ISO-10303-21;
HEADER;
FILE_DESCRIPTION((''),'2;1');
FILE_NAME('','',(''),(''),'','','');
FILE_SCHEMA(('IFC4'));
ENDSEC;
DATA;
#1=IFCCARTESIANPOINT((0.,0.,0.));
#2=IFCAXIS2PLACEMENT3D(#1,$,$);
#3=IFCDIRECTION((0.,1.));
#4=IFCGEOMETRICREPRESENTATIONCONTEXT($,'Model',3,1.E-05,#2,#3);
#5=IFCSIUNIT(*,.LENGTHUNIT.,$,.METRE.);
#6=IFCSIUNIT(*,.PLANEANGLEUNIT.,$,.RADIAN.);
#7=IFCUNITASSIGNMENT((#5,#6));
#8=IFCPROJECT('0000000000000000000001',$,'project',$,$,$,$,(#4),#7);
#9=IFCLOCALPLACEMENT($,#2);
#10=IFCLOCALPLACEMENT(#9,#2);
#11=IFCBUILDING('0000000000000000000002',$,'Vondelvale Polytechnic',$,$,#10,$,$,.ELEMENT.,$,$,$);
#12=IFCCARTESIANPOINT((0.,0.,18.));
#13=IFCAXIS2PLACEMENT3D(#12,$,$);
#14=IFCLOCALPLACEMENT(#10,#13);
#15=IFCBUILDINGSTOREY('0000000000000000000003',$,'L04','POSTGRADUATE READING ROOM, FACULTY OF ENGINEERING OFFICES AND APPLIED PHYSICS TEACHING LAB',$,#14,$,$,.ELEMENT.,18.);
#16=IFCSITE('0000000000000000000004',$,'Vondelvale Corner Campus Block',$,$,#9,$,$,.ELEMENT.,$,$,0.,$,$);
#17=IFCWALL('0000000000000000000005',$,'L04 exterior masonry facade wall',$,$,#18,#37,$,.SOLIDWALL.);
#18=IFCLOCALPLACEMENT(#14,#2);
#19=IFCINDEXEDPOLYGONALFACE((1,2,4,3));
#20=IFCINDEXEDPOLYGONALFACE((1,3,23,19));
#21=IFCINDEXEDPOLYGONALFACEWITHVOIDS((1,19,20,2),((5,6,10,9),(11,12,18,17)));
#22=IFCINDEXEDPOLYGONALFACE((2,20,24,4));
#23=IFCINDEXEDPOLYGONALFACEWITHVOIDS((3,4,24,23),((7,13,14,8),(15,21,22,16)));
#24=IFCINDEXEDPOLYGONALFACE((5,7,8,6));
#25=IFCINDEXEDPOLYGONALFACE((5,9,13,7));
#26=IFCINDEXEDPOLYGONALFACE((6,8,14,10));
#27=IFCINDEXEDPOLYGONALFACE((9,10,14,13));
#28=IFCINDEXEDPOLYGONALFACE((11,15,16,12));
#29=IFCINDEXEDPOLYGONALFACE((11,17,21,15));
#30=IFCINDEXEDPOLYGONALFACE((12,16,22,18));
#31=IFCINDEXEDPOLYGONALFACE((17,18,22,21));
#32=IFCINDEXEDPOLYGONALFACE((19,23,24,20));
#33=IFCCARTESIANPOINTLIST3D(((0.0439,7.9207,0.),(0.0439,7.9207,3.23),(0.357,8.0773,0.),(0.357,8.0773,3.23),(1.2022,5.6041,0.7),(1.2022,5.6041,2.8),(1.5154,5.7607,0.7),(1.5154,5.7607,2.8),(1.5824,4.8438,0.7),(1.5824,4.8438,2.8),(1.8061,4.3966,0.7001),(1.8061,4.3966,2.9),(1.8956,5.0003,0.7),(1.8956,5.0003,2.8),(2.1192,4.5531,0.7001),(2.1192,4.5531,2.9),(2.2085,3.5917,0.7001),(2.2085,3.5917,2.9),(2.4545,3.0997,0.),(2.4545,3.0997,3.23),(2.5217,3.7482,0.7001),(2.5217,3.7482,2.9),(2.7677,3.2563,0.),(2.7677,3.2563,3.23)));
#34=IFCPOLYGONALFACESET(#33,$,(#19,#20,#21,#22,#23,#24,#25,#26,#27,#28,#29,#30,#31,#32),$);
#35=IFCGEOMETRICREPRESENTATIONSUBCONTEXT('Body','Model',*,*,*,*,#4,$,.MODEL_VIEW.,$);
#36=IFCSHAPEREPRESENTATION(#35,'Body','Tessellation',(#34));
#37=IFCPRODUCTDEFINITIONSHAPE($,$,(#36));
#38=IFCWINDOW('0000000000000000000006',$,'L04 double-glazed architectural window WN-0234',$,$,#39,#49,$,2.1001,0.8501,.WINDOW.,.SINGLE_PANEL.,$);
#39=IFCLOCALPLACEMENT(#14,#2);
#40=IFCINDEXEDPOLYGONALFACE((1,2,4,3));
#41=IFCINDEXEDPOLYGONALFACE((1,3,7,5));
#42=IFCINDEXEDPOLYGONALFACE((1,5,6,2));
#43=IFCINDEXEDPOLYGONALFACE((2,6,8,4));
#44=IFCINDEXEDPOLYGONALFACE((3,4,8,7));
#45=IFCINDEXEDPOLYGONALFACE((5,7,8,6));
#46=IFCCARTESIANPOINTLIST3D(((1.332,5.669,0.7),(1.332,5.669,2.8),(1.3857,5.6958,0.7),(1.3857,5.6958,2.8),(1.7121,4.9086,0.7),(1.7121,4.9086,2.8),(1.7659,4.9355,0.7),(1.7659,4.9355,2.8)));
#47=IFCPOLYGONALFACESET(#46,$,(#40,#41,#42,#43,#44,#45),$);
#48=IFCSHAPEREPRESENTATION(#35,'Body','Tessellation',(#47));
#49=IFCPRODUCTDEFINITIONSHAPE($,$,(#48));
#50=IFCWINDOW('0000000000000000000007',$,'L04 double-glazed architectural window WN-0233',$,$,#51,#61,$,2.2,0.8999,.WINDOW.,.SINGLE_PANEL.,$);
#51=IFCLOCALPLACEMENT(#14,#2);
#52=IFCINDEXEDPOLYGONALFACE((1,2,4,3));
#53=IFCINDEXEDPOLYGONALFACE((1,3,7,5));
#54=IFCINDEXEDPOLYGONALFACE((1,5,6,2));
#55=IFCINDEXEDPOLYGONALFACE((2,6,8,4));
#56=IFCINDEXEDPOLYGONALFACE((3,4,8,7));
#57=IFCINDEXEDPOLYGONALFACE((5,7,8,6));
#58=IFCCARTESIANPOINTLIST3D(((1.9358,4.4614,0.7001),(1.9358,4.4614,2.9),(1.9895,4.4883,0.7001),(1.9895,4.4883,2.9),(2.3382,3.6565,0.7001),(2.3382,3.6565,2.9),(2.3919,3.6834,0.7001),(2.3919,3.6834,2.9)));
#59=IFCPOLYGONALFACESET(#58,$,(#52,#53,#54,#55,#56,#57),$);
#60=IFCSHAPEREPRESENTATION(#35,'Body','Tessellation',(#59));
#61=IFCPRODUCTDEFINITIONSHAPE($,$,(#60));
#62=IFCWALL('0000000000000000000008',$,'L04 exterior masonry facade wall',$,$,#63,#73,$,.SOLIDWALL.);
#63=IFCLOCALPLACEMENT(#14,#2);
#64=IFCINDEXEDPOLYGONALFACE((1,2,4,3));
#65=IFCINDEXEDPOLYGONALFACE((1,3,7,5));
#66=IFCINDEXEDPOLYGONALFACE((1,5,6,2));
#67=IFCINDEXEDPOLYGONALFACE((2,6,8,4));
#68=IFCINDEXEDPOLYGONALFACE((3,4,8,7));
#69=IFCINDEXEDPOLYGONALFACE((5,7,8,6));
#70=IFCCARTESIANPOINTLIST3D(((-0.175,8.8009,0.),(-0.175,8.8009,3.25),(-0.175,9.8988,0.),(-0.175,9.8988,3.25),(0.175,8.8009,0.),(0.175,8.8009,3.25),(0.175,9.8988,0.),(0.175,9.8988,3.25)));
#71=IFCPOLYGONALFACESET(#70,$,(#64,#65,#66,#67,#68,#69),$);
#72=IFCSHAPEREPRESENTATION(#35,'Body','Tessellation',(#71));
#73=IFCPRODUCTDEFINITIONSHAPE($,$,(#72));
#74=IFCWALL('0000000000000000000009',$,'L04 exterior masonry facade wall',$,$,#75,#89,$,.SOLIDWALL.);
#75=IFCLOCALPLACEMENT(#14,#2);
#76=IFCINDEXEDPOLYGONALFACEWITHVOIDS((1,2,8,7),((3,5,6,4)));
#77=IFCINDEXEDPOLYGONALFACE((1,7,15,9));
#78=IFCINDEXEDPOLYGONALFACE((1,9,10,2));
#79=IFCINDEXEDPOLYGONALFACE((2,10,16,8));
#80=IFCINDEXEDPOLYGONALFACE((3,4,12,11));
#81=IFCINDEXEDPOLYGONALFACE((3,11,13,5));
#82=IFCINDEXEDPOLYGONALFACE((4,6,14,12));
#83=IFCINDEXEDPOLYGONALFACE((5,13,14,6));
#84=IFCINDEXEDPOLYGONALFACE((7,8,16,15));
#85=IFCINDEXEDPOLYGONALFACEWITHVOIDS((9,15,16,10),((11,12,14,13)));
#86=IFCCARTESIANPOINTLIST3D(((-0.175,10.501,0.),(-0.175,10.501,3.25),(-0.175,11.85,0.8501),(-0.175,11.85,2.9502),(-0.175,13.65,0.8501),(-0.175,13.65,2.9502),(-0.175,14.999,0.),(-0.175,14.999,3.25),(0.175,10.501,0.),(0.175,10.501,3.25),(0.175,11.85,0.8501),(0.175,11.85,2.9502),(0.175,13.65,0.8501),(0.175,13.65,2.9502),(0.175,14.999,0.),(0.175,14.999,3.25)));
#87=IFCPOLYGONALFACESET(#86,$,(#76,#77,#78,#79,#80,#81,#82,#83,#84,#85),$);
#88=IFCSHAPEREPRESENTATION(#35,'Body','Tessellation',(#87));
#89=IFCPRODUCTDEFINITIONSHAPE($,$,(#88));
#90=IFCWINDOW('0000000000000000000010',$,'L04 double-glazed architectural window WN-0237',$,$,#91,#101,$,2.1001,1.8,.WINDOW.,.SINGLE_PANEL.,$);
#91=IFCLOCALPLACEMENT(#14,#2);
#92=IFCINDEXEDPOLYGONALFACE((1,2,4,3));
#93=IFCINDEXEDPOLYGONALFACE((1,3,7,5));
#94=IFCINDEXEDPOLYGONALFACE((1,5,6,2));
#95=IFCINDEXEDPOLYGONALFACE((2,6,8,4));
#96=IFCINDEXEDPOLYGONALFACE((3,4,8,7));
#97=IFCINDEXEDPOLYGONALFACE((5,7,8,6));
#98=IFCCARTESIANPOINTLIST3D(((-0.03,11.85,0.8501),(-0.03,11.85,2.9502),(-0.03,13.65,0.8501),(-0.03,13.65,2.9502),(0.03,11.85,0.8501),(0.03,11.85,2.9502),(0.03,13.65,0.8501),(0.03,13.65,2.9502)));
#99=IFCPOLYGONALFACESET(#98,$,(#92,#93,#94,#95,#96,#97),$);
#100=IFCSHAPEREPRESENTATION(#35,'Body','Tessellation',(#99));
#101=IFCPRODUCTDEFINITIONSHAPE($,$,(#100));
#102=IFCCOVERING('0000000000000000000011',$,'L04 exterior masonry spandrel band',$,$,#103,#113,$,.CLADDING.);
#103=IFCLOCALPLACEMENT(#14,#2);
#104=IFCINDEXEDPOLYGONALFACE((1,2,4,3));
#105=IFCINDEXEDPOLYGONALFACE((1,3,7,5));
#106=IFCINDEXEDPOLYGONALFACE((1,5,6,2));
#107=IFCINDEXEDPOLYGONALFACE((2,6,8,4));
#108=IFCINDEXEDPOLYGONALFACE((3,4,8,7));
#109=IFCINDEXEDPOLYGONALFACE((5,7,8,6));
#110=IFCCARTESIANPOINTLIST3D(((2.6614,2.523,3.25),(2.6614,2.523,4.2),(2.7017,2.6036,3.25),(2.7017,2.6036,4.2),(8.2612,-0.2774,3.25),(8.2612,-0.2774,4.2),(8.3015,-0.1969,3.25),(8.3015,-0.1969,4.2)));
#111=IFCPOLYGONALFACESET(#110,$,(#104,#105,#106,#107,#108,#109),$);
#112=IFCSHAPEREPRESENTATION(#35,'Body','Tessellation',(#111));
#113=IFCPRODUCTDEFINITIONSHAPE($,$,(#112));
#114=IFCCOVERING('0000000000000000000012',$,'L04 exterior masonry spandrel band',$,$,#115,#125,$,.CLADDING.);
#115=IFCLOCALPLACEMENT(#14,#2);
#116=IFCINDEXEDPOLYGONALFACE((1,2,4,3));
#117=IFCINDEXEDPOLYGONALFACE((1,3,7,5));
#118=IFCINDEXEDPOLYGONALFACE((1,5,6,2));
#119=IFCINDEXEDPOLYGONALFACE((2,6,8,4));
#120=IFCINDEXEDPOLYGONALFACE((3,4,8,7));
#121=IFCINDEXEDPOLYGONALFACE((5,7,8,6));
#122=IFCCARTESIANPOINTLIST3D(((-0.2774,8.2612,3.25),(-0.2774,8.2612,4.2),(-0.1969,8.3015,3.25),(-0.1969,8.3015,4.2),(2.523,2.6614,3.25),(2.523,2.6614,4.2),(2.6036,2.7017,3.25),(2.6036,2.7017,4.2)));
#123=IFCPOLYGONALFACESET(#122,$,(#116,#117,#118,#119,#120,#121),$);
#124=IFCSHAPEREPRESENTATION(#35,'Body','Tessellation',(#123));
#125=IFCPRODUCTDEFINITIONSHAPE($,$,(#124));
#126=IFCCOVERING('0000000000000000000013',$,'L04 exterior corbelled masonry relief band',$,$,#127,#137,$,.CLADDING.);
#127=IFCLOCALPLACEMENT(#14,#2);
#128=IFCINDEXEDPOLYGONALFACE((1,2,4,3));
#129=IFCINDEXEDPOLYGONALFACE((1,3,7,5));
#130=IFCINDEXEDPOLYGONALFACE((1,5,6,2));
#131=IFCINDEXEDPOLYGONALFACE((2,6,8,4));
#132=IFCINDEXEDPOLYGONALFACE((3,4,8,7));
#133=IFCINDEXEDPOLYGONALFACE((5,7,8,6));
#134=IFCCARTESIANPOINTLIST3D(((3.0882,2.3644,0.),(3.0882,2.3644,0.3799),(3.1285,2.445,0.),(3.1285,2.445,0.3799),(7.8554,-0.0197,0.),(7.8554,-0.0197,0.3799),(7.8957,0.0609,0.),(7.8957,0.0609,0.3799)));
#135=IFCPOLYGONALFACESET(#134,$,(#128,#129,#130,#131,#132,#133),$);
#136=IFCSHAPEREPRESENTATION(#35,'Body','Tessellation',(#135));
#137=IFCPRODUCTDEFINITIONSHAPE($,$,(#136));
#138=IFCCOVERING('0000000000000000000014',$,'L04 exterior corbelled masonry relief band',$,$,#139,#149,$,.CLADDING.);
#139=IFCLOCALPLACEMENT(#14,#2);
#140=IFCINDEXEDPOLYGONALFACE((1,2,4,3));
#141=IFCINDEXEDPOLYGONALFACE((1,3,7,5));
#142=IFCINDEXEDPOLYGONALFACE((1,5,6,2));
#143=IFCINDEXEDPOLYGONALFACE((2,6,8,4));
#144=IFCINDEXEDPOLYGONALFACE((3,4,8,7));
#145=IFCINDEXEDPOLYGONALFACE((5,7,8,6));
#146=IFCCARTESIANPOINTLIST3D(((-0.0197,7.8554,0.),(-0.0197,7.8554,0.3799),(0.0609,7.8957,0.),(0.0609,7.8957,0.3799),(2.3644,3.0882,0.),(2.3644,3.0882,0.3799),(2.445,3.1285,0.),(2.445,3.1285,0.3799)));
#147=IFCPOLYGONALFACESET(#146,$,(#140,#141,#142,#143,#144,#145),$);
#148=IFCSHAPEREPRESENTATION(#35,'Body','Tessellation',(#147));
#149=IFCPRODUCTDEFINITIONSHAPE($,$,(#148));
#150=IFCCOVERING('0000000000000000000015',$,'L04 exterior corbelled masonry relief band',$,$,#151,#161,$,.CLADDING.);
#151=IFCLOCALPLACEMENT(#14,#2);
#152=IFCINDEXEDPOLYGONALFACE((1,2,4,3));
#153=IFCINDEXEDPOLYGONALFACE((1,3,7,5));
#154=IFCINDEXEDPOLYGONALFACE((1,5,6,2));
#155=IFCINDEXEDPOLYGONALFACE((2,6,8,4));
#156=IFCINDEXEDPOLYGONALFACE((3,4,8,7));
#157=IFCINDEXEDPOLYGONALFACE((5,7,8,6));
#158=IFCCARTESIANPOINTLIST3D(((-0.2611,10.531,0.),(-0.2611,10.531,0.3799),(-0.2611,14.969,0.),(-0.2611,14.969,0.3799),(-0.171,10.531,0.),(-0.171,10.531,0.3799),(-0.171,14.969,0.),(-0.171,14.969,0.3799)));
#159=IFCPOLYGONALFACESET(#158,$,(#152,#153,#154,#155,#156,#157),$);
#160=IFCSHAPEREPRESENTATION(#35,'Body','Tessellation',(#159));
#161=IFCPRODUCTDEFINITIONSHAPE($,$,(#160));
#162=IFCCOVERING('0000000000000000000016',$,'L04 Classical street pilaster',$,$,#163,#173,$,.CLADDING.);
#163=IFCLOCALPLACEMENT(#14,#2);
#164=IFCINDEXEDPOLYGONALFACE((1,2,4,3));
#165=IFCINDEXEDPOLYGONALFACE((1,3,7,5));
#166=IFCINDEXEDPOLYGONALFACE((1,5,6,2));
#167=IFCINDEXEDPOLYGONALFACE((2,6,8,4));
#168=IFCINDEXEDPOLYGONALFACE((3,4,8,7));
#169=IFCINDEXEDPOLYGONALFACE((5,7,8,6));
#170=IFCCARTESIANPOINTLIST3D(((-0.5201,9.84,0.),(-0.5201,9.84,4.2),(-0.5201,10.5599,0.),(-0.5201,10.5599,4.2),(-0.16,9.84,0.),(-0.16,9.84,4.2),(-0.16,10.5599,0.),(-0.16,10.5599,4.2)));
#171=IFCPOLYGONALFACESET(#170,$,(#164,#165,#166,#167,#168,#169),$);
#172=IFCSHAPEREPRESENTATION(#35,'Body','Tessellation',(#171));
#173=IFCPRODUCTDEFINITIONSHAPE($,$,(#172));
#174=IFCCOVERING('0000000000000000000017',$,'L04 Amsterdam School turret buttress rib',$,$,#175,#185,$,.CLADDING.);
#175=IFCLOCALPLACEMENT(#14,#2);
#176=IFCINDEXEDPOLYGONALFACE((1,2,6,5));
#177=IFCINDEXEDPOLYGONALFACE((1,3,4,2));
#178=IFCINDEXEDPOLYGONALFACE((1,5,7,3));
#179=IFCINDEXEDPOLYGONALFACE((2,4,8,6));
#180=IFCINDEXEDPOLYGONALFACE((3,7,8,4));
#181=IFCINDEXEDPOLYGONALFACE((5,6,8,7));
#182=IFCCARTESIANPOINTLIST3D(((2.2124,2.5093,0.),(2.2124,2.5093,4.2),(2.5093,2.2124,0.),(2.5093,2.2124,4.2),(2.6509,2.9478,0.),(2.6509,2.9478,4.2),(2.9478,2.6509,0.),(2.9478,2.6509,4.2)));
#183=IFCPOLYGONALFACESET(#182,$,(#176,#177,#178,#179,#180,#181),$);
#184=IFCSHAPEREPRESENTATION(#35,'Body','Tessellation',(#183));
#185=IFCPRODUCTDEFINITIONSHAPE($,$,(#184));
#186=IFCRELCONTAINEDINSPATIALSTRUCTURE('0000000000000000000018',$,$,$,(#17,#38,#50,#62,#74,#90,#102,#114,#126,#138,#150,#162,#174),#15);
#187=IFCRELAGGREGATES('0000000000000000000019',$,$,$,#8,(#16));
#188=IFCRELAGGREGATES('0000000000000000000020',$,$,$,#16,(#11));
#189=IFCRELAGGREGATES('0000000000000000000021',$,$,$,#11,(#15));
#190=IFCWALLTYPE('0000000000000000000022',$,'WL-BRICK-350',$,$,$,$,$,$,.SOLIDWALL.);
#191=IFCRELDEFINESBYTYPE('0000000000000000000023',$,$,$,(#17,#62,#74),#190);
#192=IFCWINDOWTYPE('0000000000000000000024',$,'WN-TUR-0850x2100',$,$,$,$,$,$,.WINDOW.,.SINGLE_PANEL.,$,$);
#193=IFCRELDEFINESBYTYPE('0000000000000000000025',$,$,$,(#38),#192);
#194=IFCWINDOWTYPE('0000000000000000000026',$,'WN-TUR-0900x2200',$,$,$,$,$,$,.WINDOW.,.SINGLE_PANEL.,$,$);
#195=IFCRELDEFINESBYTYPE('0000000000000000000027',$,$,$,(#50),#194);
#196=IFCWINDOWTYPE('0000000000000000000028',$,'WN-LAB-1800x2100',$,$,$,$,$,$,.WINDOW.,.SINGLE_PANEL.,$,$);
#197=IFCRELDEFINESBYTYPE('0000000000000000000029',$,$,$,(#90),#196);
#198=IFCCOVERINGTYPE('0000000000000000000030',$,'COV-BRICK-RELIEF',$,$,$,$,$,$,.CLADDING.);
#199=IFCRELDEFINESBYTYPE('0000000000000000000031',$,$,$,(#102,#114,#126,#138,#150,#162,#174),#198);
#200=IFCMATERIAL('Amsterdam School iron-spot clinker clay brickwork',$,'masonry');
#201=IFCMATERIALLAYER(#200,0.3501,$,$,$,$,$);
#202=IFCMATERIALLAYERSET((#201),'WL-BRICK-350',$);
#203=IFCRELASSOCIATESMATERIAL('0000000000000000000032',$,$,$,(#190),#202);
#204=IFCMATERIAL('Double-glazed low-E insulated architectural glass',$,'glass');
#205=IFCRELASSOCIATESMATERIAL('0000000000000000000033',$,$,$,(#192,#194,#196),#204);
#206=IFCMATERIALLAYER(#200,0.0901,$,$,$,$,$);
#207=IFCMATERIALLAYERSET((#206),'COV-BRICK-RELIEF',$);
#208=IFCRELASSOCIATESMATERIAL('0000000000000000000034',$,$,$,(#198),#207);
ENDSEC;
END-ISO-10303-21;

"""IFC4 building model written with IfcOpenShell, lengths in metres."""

from ifc_helpers import new_model, si_unit, direction, frame, frame_2d, origin, origin_2d, place, context, subcontext, project, spatial, rectangle, extrude, material, layer, layer_set, type_object, element, fill, save


model = new_model("IFC4")

# Units and contexts
model_context = context("Model", 3, precision=1e-05, world=origin(), true_north=direction((0.0, 1.0)))
body_context = subcontext(model_context, "Body", "Model", "MODEL_VIEW")
ifc_project = project(units=[si_unit("LENGTHUNIT", "METRE"), si_unit("PLANEANGLEUNIT", "RADIAN")], contexts=[model_context])

# Site, building, storey
site_placement = place(None, origin())
site = spatial("IfcSite", under=ifc_project, at=site_placement, Name="Vondelvale Corner Campus Block", CompositionType="ELEMENT", RefElevation=0.0)
building_placement = place(site_placement, origin())
building = spatial("IfcBuilding", under=site, at=building_placement, Name="Vondelvale Polytechnic", CompositionType="ELEMENT")
storey_placement = place(building_placement, frame((0.0, 0.0, 18.0)))
storey = spatial("IfcBuildingStorey", under=building, at=storey_placement, Name="L04", Description="POSTGRADUATE READING ROOM, FACULTY OF ENGINEERING OFFICES AND APPLIED PHYSICS TEACHING LAB", CompositionType="ELEMENT", Elevation=18.0)

# Wall, openings, windows
ifc_material_1 = material(Name="Amsterdam School iron-spot clinker clay brickwork", Category="masonry")
ifc_layer_1 = layer(ifc_material_1, 0.3501)
ifc_layer_set_1 = layer_set([ifc_layer_1], Name="WL-BRICK-350")
wall_type = type_object("IfcWallType", Name="WL-BRICK-350", PredefinedType="SOLIDWALL", material=ifc_layer_set_1)
wall_1_placement = place(storey_placement, frame((2.6111, 3.178, 0.0), z_axis=(0.0, 0.0, 1.0), x_axis=(-0.447232, 0.894418, 0.0)))
wall_1 = element("IfcWall", 1, at=wall_1_placement, inside=storey, type_object=wall_type, Name="L04 exterior masonry facade wall", PredefinedType="SOLIDWALL", context=body_context, shape_type="SweptSolid", body=[
    extrude(rectangle(XDim=5.3901, YDim=0.3501, at=frame_2d((2.6951, 0.0))), origin(), (0.0, 0.0, 1.0), 3.23),
])
opening_1_placement = place(wall_1_placement, frame((0.55, 0.0, 0.7)))
opening_1 = element("IfcOpeningElement", 2, at=opening_1_placement, cuts=wall_1, PredefinedType="OPENING", context=body_context, shape_type="SweptSolid", body=[
    extrude(rectangle(XDim=0.8999, YDim=2.2, at=frame_2d((0.45, 1.1001))), frame((0.0, 0.1851, 0.0), z_axis=(0.0, -1.0, 0.0), x_axis=(1.0, 0.0, 0.0)), (0.0, 0.0, 1.0), 0.3701),
])
opening_2_placement = place(wall_1_placement, frame((1.95, 0.0, 0.7)))
opening_2 = element("IfcOpeningElement", 3, at=opening_2_placement, cuts=wall_1, PredefinedType="OPENING", context=body_context, shape_type="SweptSolid", body=[
    extrude(rectangle(XDim=0.8501, YDim=2.1001, at=frame_2d((0.425, 1.05))), frame((0.0, 0.1851, 0.0), z_axis=(0.0, -1.0, 0.0), x_axis=(1.0, 0.0, 0.0)), (0.0, 0.0, 1.0), 0.3701),
])
ifc_material_2 = material(Name="Double-glazed low-E insulated architectural glass", Category="glass")
window_type_1 = type_object("IfcWindowType", Name="WN-TUR-0850x2100", PartitioningType="SINGLE_PANEL", PredefinedType="WINDOW", material=ifc_material_2)
window_1_placement = place(opening_2_placement, origin())
window_1 = element("IfcWindow", 4, at=window_1_placement, inside=storey, type_object=window_type_1, Name="L04 double-glazed architectural window WN-0234", OverallHeight=2.1001, OverallWidth=0.8501, PartitioningType="SINGLE_PANEL", PredefinedType="WINDOW", context=body_context, shape_type="SweptSolid", body=[
    extrude(rectangle(XDim=0.8501, YDim=2.1001, at=frame_2d((0.425, 1.05))), frame((0.0, 0.03, 0.0), z_axis=(0.0, -1.0, 0.0), x_axis=(1.0, 0.0, 0.0)), (0.0, 0.0, 1.0), 0.0601),
])
fill(opening_2, window_1)
window_type_2 = type_object("IfcWindowType", Name="WN-TUR-0900x2200", PartitioningType="SINGLE_PANEL", PredefinedType="WINDOW", material=ifc_material_2)
window_2_placement = place(opening_1_placement, origin())
window_2 = element("IfcWindow", 5, at=window_2_placement, inside=storey, type_object=window_type_2, Name="L04 double-glazed architectural window WN-0233", OverallHeight=2.2, OverallWidth=0.8999, PartitioningType="SINGLE_PANEL", PredefinedType="WINDOW", context=body_context, shape_type="SweptSolid", body=[
    extrude(rectangle(XDim=0.8999, YDim=2.2, at=frame_2d((0.45, 1.1001))), frame((0.0, 0.03, 0.0), z_axis=(0.0, -1.0, 0.0), x_axis=(1.0, 0.0, 0.0)), (0.0, 0.0, 1.0), 0.0601),
])
fill(opening_1, window_2)

# Wall
wall_2_placement = place(storey_placement, frame((0.0, 8.801, 0.0), z_axis=(0.0, 0.0, 1.0), x_axis=(0.0, 1.0, 0.0)))
element("IfcWall", 6, at=wall_2_placement, inside=storey, type_object=wall_type, Name="L04 exterior masonry facade wall", PredefinedType="SOLIDWALL", context=body_context, shape_type="SweptSolid", body=[
    extrude(rectangle(XDim=1.0979, YDim=0.3501, at=frame_2d((0.5488, 0.0))), origin(), (0.0, 0.0, 1.0), 3.25),
])

# Wall, opening, window
wall_3_placement = place(storey_placement, frame((0.0, 10.501, 0.0), z_axis=(0.0, 0.0, 1.0), x_axis=(0.0, 1.0, 0.0)))
wall_3 = element("IfcWall", 7, at=wall_3_placement, inside=storey, type_object=wall_type, Name="L04 exterior masonry facade wall", PredefinedType="SOLIDWALL", context=body_context, shape_type="SweptSolid", body=[
    extrude(rectangle(XDim=4.498, YDim=0.3501, at=frame_2d((2.249, 0.0))), origin(), (0.0, 0.0, 1.0), 3.25),
])
opening_3_placement = place(wall_3_placement, frame((1.3491, 0.0, 0.8501)))
opening_3 = element("IfcOpeningElement", 8, at=opening_3_placement, cuts=wall_3, PredefinedType="OPENING", context=body_context, shape_type="SweptSolid", body=[
    extrude(rectangle(XDim=1.8, YDim=2.1001, at=frame_2d((0.8999, 1.05))), frame((0.0, 0.1851, 0.0), z_axis=(0.0, -1.0, 0.0), x_axis=(1.0, 0.0, 0.0)), (0.0, 0.0, 1.0), 0.3701),
])
window_type_3 = type_object("IfcWindowType", Name="WN-LAB-1800x2100", PartitioningType="SINGLE_PANEL", PredefinedType="WINDOW", material=ifc_material_2)
window_3_placement = place(opening_3_placement, origin())
window_3 = element("IfcWindow", 9, at=window_3_placement, inside=storey, type_object=window_type_3, Name="L04 double-glazed architectural window WN-0237", OverallHeight=2.1001, OverallWidth=1.8, PartitioningType="SINGLE_PANEL", PredefinedType="WINDOW", context=body_context, shape_type="SweptSolid", body=[
    extrude(rectangle(XDim=1.8, YDim=2.1001, at=frame_2d((0.8999, 1.05))), frame((0.0, 0.03, 0.0), z_axis=(0.0, -1.0, 0.0), x_axis=(1.0, 0.0, 0.0)), (0.0, 0.0, 1.0), 0.0601),
])
fill(opening_3, window_3)

# Coverings
ifc_layer_2 = layer(ifc_material_1, 0.0901)
ifc_layer_set_2 = layer_set([ifc_layer_2], Name="COV-BRICK-RELIEF")
covering_type = type_object("IfcCoveringType", Name="COV-BRICK-RELIEF", PredefinedType="CLADDING", material=ifc_layer_set_2)
for number, where, z_axis, x_axis, name in (
    (10, (5.4814, 1.1631, 3.25), (0.0, 0.0, 1.0), (-0.894389, 0.447291, 0.0), "L04 exterior masonry spandrel band"),
    (11, (1.1631, 5.4814, 3.25), (0.0, 0.0, 1.0), (-0.447291, 0.894389, 0.0), "L04 exterior masonry spandrel band"),
):
    element("IfcCovering", number, at=place(storey_placement, frame(where, z_axis=z_axis, x_axis=x_axis)), inside=storey, type_object=covering_type, Name=name, PredefinedType="CLADDING", context=body_context, shape_type="SweptSolid", body=[
        extrude(rectangle(XDim=6.261, YDim=0.0901, at=origin_2d()), origin(), (0.0, 0.0, 1.0), 0.95),
    ])
for number, where, z_axis, x_axis, name in (
    (12, (5.4919, 1.2126, 0.0), (0.0, 0.0, 1.0), (-0.894389, 0.447291, 0.0), "L04 exterior corbelled masonry relief band"),
    (13, (1.2126, 5.4919, 0.0), (0.0, 0.0, 1.0), (-0.447291, 0.894389, 0.0), "L04 exterior corbelled masonry relief band"),
):
    element("IfcCovering", number, at=place(storey_placement, frame(where, z_axis=z_axis, x_axis=x_axis)), inside=storey, type_object=covering_type, Name=name, PredefinedType="CLADDING", context=body_context, shape_type="SweptSolid", body=[
        extrude(rectangle(XDim=5.3301, YDim=0.0901, at=origin_2d()), origin(), (0.0, 0.0, 1.0), 0.3799),
    ])
covering_1_placement = place(storey_placement, frame((-0.2161, 12.75, 0.0), z_axis=(0.0, 0.0, 1.0), x_axis=(0.0, 1.0, 0.0)))
element("IfcCovering", 14, at=covering_1_placement, inside=storey, type_object=covering_type, Name="L04 exterior corbelled masonry relief band", PredefinedType="CLADDING", context=body_context, shape_type="SweptSolid", body=[
    extrude(rectangle(XDim=4.438, YDim=0.0901, at=origin_2d()), origin(), (0.0, 0.0, 1.0), 0.3799),
])
covering_2_placement = place(storey_placement, frame((-0.3401, 10.2, 0.0), z_axis=(0.0, 0.0, 1.0), x_axis=(1.0, 0.0, 0.0)))
element("IfcCovering", 15, at=covering_2_placement, inside=storey, type_object=covering_type, Name="L04 Classical street pilaster", PredefinedType="CLADDING", context=body_context, shape_type="SweptSolid", body=[
    extrude(rectangle(XDim=0.3601, YDim=0.72, at=origin_2d()), origin(), (0.0, 0.0, 1.0), 4.2),
])
for number, where, z_axis, x_axis, name in (
    (16, (2.5801, 2.5801, 0.0), (0.0, 0.0, 1.0), (0.707107, 0.707107, 0.0), "L04 Amsterdam School turret buttress rib"),
):
    element("IfcCovering", number, at=place(storey_placement, frame(where, z_axis=z_axis, x_axis=x_axis)), inside=storey, type_object=covering_type, Name=name, PredefinedType="CLADDING", context=body_context, shape_type="SweptSolid", body=[
        extrude(rectangle(XDim=0.6201, YDim=0.4199, at=origin_2d()), origin(), (0.0, 0.0, 1.0), 4.2),
    ])

save(model, "model.ifc")
